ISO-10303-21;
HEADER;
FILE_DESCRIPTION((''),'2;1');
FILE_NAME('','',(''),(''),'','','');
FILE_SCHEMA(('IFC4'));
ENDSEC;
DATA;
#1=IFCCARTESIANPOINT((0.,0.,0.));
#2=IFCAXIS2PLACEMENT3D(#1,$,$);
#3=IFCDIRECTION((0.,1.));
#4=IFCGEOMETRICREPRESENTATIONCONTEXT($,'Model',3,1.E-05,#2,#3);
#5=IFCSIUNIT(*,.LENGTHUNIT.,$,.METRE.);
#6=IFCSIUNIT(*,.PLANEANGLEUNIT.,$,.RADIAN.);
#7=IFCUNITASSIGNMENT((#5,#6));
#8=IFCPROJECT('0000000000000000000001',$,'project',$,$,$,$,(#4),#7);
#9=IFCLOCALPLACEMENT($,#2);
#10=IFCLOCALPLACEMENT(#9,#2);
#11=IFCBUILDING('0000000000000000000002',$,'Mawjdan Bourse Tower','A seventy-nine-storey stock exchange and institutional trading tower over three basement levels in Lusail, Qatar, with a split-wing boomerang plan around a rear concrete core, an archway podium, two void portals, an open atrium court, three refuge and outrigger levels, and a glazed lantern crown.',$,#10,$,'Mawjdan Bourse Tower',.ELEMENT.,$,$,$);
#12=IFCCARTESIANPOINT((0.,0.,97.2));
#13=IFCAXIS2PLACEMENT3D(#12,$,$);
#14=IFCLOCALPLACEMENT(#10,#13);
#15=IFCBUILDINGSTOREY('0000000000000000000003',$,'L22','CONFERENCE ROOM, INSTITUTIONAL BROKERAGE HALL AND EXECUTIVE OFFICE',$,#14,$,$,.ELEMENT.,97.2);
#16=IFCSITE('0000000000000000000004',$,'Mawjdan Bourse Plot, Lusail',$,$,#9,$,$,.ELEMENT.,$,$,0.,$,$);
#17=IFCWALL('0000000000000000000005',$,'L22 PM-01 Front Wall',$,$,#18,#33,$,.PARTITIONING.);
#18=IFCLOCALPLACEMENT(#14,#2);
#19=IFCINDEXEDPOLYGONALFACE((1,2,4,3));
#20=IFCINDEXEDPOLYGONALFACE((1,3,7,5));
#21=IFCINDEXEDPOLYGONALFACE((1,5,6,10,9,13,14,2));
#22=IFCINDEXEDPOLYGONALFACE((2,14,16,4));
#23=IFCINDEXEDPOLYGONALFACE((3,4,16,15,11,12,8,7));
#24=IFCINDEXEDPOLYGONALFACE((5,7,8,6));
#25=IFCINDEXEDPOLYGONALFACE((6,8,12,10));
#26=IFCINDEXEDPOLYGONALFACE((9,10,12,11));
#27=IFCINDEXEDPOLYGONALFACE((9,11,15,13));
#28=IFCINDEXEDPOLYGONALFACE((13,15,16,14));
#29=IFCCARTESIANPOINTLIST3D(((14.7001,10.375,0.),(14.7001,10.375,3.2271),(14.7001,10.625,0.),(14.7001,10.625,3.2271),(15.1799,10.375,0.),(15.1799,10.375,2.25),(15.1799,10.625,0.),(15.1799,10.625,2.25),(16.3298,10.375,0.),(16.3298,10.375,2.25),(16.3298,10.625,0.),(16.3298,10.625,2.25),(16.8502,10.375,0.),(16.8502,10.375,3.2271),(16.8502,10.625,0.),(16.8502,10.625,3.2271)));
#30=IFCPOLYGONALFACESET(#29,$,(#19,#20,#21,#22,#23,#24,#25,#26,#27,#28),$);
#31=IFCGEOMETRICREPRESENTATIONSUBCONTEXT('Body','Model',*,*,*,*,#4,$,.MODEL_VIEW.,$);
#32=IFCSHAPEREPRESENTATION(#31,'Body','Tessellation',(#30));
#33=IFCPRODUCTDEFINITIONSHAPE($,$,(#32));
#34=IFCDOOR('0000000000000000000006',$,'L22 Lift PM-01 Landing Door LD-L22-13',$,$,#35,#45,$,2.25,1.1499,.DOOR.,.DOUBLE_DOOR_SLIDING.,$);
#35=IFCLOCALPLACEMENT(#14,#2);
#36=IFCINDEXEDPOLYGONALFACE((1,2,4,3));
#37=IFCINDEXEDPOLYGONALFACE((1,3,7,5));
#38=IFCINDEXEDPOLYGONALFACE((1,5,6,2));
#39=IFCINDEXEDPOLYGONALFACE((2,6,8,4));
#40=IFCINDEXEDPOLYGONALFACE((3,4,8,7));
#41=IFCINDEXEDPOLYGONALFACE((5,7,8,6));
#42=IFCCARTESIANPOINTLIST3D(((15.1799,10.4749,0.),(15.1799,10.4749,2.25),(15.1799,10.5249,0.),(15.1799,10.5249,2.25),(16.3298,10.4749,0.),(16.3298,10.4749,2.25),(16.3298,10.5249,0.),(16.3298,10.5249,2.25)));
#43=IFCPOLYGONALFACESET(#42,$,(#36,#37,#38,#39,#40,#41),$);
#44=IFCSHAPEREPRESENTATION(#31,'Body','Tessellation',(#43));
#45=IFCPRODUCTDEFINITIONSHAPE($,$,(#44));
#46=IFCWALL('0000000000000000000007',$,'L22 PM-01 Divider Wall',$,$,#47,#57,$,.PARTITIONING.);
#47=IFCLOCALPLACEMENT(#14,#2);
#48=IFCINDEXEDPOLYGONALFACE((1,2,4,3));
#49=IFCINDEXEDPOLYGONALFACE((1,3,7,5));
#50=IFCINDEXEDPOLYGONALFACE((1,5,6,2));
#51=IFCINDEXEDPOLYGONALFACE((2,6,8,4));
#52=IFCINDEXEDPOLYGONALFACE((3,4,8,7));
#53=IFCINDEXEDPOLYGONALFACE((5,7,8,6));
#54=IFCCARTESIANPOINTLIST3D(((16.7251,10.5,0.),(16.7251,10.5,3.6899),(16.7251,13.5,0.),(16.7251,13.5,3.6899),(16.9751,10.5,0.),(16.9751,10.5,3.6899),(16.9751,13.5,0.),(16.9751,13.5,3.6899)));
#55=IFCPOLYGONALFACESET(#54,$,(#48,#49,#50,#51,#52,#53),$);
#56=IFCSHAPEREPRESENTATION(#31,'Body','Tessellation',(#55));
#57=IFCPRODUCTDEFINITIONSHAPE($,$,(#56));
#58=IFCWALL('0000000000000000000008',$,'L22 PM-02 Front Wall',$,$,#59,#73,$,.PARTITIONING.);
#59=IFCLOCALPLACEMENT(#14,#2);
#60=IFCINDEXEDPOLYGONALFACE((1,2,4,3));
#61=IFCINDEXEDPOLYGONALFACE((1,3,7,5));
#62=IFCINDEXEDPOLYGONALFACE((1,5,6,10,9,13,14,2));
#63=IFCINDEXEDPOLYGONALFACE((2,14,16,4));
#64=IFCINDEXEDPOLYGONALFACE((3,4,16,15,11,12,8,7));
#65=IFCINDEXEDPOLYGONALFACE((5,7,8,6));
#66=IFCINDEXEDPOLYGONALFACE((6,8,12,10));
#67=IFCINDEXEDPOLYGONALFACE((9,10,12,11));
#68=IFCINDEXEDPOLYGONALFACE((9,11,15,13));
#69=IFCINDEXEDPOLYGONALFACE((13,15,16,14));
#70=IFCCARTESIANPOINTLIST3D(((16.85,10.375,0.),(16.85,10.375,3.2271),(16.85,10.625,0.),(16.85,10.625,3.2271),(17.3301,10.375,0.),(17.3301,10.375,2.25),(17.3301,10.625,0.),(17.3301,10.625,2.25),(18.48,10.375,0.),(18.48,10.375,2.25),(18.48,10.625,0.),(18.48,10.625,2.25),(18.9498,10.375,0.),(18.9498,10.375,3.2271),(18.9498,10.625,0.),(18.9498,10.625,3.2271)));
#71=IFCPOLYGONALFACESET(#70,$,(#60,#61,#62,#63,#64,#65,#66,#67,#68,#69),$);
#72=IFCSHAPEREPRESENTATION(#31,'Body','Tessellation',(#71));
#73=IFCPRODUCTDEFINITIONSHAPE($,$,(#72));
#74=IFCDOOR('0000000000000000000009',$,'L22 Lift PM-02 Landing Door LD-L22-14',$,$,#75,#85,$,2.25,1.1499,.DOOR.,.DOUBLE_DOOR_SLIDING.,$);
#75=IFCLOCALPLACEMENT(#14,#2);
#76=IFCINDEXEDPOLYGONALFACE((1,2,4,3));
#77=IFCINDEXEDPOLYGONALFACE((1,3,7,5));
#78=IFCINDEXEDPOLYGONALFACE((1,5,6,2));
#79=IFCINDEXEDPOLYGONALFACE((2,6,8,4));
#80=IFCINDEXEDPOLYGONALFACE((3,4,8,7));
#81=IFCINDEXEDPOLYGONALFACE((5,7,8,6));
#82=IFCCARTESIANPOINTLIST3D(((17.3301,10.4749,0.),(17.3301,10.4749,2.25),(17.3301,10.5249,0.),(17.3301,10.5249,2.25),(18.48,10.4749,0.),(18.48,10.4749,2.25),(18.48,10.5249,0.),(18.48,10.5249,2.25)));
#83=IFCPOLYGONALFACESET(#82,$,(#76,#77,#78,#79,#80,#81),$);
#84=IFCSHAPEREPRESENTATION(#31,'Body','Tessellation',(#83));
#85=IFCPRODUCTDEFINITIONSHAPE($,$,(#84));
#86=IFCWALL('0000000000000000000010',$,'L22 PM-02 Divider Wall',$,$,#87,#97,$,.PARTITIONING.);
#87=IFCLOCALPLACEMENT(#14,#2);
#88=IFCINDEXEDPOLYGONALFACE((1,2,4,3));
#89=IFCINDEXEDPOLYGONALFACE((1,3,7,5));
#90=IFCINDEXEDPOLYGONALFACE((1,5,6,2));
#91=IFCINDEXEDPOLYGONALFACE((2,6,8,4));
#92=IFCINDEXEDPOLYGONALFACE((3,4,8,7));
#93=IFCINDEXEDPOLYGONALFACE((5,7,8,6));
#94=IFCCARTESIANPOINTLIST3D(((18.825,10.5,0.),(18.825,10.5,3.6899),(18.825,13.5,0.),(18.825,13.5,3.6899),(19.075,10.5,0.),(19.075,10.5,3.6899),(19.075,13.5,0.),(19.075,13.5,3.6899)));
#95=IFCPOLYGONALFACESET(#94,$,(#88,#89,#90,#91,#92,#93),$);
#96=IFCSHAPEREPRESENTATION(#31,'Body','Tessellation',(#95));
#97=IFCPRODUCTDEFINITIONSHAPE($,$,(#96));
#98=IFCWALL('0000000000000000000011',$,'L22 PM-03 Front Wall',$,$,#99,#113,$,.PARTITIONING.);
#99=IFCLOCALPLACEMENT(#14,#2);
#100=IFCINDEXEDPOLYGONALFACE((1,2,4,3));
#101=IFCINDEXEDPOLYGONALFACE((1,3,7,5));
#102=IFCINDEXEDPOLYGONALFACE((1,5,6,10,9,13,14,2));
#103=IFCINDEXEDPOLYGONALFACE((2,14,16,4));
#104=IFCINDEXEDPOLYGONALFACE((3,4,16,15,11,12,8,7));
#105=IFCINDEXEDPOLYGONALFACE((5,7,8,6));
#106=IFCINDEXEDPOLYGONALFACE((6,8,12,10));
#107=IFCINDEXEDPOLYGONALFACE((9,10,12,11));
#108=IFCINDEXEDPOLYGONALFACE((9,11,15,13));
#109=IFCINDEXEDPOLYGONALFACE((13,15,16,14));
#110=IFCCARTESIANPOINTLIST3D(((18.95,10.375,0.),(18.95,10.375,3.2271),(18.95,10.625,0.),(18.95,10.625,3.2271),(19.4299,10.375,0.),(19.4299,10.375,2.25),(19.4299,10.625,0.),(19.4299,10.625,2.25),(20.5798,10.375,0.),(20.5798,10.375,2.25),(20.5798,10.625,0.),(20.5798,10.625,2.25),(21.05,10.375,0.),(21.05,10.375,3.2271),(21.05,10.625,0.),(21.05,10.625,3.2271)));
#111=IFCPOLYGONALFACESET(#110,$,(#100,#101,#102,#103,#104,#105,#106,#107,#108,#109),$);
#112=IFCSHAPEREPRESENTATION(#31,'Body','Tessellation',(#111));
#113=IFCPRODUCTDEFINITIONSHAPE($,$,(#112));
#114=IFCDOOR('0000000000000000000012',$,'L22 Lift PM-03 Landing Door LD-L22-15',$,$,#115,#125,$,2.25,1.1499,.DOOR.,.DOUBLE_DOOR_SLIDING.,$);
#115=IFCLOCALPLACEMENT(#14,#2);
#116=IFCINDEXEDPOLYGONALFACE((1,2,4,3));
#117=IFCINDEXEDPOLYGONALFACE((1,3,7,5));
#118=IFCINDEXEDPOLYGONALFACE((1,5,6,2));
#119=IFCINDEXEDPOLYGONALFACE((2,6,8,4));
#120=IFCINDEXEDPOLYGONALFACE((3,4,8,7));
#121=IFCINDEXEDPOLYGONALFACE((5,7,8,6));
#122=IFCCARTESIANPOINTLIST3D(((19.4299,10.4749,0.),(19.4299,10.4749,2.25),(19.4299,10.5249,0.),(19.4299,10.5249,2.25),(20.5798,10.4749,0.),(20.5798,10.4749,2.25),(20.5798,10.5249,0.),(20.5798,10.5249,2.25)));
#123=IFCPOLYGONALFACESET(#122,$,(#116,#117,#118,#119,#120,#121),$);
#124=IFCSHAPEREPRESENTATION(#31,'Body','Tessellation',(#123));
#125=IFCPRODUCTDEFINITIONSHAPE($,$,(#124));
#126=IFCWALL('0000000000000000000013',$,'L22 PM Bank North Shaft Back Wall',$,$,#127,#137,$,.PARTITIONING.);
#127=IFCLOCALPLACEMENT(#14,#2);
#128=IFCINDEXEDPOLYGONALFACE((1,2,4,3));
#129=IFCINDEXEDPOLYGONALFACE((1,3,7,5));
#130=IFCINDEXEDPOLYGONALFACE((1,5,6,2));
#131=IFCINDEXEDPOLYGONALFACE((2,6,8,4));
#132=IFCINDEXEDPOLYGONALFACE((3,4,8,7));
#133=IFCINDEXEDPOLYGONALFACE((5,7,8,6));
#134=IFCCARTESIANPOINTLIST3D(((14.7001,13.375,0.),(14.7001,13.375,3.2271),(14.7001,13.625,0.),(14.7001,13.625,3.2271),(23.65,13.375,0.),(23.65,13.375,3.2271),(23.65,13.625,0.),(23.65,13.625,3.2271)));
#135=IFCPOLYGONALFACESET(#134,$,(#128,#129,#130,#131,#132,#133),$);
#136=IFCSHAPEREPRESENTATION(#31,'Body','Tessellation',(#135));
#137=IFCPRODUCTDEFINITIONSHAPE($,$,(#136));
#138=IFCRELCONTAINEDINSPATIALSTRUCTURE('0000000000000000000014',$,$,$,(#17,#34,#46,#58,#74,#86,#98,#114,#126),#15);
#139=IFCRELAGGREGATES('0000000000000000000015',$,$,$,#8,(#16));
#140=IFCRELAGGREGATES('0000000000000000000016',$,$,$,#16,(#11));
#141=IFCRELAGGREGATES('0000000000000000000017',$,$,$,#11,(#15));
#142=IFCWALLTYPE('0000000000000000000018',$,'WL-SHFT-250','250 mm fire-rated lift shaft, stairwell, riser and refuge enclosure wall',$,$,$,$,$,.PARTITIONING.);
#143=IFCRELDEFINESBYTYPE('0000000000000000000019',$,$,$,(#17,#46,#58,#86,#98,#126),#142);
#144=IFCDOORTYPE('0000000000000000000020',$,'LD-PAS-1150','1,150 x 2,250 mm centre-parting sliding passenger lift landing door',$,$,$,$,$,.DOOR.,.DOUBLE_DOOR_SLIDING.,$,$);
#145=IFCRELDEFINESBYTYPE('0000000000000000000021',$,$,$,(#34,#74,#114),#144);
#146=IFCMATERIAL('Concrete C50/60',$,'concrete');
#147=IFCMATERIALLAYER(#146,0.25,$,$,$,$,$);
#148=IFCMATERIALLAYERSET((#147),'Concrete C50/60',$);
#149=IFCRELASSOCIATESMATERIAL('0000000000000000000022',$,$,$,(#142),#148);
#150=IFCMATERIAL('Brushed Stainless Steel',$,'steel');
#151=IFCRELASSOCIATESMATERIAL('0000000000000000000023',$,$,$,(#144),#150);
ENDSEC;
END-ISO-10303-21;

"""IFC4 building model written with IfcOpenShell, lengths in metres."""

from ifc_helpers import new_model, si_unit, direction, frame, frame_2d, origin, place, context, subcontext, project, spatial, rectangle, extrude, material, layer, layer_set, type_object, element, fill, save


model = new_model("IFC4")

# Units and contexts
model_context = context("Model", 3, precision=1e-05, world=origin(), true_north=direction((0.0, 1.0)))
body_context = subcontext(model_context, "Body", "Model", "MODEL_VIEW")
ifc_project = project(units=[si_unit("LENGTHUNIT", "METRE"), si_unit("PLANEANGLEUNIT", "RADIAN")], contexts=[model_context])

# Site, building, storey
site_placement = place(None, origin())
site = spatial("IfcSite", under=ifc_project, at=site_placement, Name="Mawjdan Bourse Plot, Lusail", CompositionType="ELEMENT", RefElevation=0.0)
building_placement = place(site_placement, origin())
building = spatial("IfcBuilding", under=site, at=building_placement, Name="Mawjdan Bourse Tower", Description="A seventy-nine-storey stock exchange and institutional trading tower over three basement levels in Lusail, Qatar, with a split-wing boomerang plan around a rear concrete core, an archway podium, two void portals, an open atrium court, three refuge and outrigger levels, and a glazed lantern crown.", LongName="Mawjdan Bourse Tower", CompositionType="ELEMENT")
storey_placement = place(building_placement, frame((0.0, 0.0, 97.2)))
storey = spatial("IfcBuildingStorey", under=building, at=storey_placement, Name="L22", Description="CONFERENCE ROOM, INSTITUTIONAL BROKERAGE HALL AND EXECUTIVE OFFICE", CompositionType="ELEMENT", Elevation=97.2)

# Shared definitions
ifc_material_1 = material(Name="Concrete C50/60", Category="concrete")
ifc_layer_1 = layer(ifc_material_1, 0.25)
ifc_layer_set_1 = layer_set([ifc_layer_1], Name="Concrete C50/60")
wall_type_1 = type_object("IfcWallType", Name="WL-SHFT-250", Description="250 mm fire-rated lift shaft, stairwell, riser and refuge enclosure wall", PredefinedType="PARTITIONING", material=ifc_layer_set_1)

# Wall, opening, door
wall_1_placement = place(storey_placement, frame((14.7, 10.5, 0.0), z_axis=(0.0, 0.0, 1.0), x_axis=(1.0, 0.0, 0.0)))
wall_1 = element("IfcWall", 1, at=wall_1_placement, inside=storey, type_object=wall_type_1, Name="L22 PM-01 Front Wall", PredefinedType="PARTITIONING", context=body_context, shape_type="SweptSolid", body=[
    extrude(rectangle(XDim=2.1501, YDim=0.25, at=frame_2d((1.0752, 0.0))), origin(), (0.0, 0.0, 1.0), 3.2271),
])
opening_1_placement = place(wall_1_placement, frame((0.48, 0.0, 0.0)))
opening_1 = element("IfcOpeningElement", 2, at=opening_1_placement, cuts=wall_1, PredefinedType="OPENING", context=body_context, shape_type="SweptSolid", body=[
    extrude(rectangle(XDim=1.1499, YDim=2.25, at=frame_2d((0.575, 1.125))), frame((0.0, 0.135, 0.0), z_axis=(0.0, -1.0, 0.0), x_axis=(1.0, 0.0, 0.0)), (0.0, 0.0, 1.0), 0.27),
])
ifc_material_2 = material(Name="Brushed Stainless Steel", Category="steel")
door_type_1 = type_object("IfcDoorType", Name="LD-PAS-1150", Description="1,150 x 2,250 mm centre-parting sliding passenger lift landing door", OperationType="DOUBLE_DOOR_SLIDING", PredefinedType="DOOR", material=ifc_material_2)
door_1_placement = place(opening_1_placement, origin())
door_1 = element("IfcDoor", 3, at=door_1_placement, inside=storey, type_object=door_type_1, Name="L22 Lift PM-01 Landing Door LD-L22-13", OperationType="DOUBLE_DOOR_SLIDING", OverallHeight=2.25, OverallWidth=1.1499, PredefinedType="DOOR", context=body_context, shape_type="SweptSolid", body=[
    extrude(rectangle(XDim=1.1499, YDim=2.25, at=frame_2d((0.575, 1.125))), frame((0.0, 0.0249, 0.0), z_axis=(0.0, -1.0, 0.0), x_axis=(1.0, 0.0, 0.0)), (0.0, 0.0, 1.0), 0.05),
])
fill(opening_1, door_1)

# Wall
wall_2_placement = place(storey_placement, frame((16.8501, 10.5, 0.0), z_axis=(0.0, 0.0, 1.0), x_axis=(0.0, 1.0, 0.0)))
element("IfcWall", 4, at=wall_2_placement, inside=storey, type_object=wall_type_1, Name="L22 PM-01 Divider Wall", PredefinedType="PARTITIONING", context=body_context, shape_type="SweptSolid", body=[
    extrude(rectangle(XDim=3.0, YDim=0.25, at=frame_2d((1.5, 0.0))), origin(), (0.0, 0.0, 1.0), 3.6899),
])

# Wall, opening, door
wall_3_placement = place(storey_placement, frame((16.8501, 10.5, 0.0), z_axis=(0.0, 0.0, 1.0), x_axis=(1.0, 0.0, 0.0)))
wall_3 = element("IfcWall", 5, at=wall_3_placement, inside=storey, type_object=wall_type_1, Name="L22 PM-02 Front Wall", PredefinedType="PARTITIONING", context=body_context, shape_type="SweptSolid", body=[
    extrude(rectangle(XDim=2.0999, YDim=0.25, at=frame_2d((1.0498, 0.0))), origin(), (0.0, 0.0, 1.0), 3.2271),
])
opening_2_placement = place(wall_3_placement, frame((0.48, 0.0, 0.0)))
opening_2 = element("IfcOpeningElement", 6, at=opening_2_placement, cuts=wall_3, PredefinedType="OPENING", context=body_context, shape_type="SweptSolid", body=[
    extrude(rectangle(XDim=1.1499, YDim=2.25, at=frame_2d((0.575, 1.125))), frame((0.0, 0.135, 0.0), z_axis=(0.0, -1.0, 0.0), x_axis=(1.0, 0.0, 0.0)), (0.0, 0.0, 1.0), 0.27),
])
door_2_placement = place(opening_2_placement, origin())
door_2 = element("IfcDoor", 7, at=door_2_placement, inside=storey, type_object=door_type_1, Name="L22 Lift PM-02 Landing Door LD-L22-14", OperationType="DOUBLE_DOOR_SLIDING", OverallHeight=2.25, OverallWidth=1.1499, PredefinedType="DOOR", context=body_context, shape_type="SweptSolid", body=[
    extrude(rectangle(XDim=1.1499, YDim=2.25, at=frame_2d((0.575, 1.125))), frame((0.0, 0.0249, 0.0), z_axis=(0.0, -1.0, 0.0), x_axis=(1.0, 0.0, 0.0)), (0.0, 0.0, 1.0), 0.05),
])
fill(opening_2, door_2)

# Wall
wall_4_placement = place(storey_placement, frame((18.95, 10.5, 0.0), z_axis=(0.0, 0.0, 1.0), x_axis=(0.0, 1.0, 0.0)))
element("IfcWall", 8, at=wall_4_placement, inside=storey, type_object=wall_type_1, Name="L22 PM-02 Divider Wall", PredefinedType="PARTITIONING", context=body_context, shape_type="SweptSolid", body=[
    extrude(rectangle(XDim=3.0, YDim=0.25, at=frame_2d((1.5, 0.0))), origin(), (0.0, 0.0, 1.0), 3.6899),
])

# Wall, opening, door
wall_5_placement = place(storey_placement, frame((18.95, 10.5, 0.0), z_axis=(0.0, 0.0, 1.0), x_axis=(1.0, 0.0, 0.0)))
wall_5 = element("IfcWall", 9, at=wall_5_placement, inside=storey, type_object=wall_type_1, Name="L22 PM-03 Front Wall", PredefinedType="PARTITIONING", context=body_context, shape_type="SweptSolid", body=[
    extrude(rectangle(XDim=2.1001, YDim=0.25, at=frame_2d((1.05, 0.0))), origin(), (0.0, 0.0, 1.0), 3.2271),
])
opening_3_placement = place(wall_5_placement, frame((0.48, 0.0, 0.0)))
opening_3 = element("IfcOpeningElement", 10, at=opening_3_placement, cuts=wall_5, PredefinedType="OPENING", context=body_context, shape_type="SweptSolid", body=[
    extrude(rectangle(XDim=1.1499, YDim=2.25, at=frame_2d((0.575, 1.125))), frame((0.0, 0.135, 0.0), z_axis=(0.0, -1.0, 0.0), x_axis=(1.0, 0.0, 0.0)), (0.0, 0.0, 1.0), 0.27),
])
door_3_placement = place(opening_3_placement, origin())
door_3 = element("IfcDoor", 11, at=door_3_placement, inside=storey, type_object=door_type_1, Name="L22 Lift PM-03 Landing Door LD-L22-15", OperationType="DOUBLE_DOOR_SLIDING", OverallHeight=2.25, OverallWidth=1.1499, PredefinedType="DOOR", context=body_context, shape_type="SweptSolid", body=[
    extrude(rectangle(XDim=1.1499, YDim=2.25, at=frame_2d((0.575, 1.125))), frame((0.0, 0.0249, 0.0), z_axis=(0.0, -1.0, 0.0), x_axis=(1.0, 0.0, 0.0)), (0.0, 0.0, 1.0), 0.05),
])
fill(opening_3, door_3)

# Wall
wall_6_placement = place(storey_placement, frame((14.7, 13.5, 0.0), z_axis=(0.0, 0.0, 1.0), x_axis=(1.0, 0.0, 0.0)))
element("IfcWall", 12, at=wall_6_placement, inside=storey, type_object=wall_type_1, Name="L22 PM Bank North Shaft Back Wall", PredefinedType="PARTITIONING", context=body_context, shape_type="SweptSolid", body=[
    extrude(rectangle(XDim=8.95, YDim=0.25, at=frame_2d((4.4751, 0.0))), origin(), (0.0, 0.0, 1.0), 3.2271),
])

save(model, "model.ifc")
